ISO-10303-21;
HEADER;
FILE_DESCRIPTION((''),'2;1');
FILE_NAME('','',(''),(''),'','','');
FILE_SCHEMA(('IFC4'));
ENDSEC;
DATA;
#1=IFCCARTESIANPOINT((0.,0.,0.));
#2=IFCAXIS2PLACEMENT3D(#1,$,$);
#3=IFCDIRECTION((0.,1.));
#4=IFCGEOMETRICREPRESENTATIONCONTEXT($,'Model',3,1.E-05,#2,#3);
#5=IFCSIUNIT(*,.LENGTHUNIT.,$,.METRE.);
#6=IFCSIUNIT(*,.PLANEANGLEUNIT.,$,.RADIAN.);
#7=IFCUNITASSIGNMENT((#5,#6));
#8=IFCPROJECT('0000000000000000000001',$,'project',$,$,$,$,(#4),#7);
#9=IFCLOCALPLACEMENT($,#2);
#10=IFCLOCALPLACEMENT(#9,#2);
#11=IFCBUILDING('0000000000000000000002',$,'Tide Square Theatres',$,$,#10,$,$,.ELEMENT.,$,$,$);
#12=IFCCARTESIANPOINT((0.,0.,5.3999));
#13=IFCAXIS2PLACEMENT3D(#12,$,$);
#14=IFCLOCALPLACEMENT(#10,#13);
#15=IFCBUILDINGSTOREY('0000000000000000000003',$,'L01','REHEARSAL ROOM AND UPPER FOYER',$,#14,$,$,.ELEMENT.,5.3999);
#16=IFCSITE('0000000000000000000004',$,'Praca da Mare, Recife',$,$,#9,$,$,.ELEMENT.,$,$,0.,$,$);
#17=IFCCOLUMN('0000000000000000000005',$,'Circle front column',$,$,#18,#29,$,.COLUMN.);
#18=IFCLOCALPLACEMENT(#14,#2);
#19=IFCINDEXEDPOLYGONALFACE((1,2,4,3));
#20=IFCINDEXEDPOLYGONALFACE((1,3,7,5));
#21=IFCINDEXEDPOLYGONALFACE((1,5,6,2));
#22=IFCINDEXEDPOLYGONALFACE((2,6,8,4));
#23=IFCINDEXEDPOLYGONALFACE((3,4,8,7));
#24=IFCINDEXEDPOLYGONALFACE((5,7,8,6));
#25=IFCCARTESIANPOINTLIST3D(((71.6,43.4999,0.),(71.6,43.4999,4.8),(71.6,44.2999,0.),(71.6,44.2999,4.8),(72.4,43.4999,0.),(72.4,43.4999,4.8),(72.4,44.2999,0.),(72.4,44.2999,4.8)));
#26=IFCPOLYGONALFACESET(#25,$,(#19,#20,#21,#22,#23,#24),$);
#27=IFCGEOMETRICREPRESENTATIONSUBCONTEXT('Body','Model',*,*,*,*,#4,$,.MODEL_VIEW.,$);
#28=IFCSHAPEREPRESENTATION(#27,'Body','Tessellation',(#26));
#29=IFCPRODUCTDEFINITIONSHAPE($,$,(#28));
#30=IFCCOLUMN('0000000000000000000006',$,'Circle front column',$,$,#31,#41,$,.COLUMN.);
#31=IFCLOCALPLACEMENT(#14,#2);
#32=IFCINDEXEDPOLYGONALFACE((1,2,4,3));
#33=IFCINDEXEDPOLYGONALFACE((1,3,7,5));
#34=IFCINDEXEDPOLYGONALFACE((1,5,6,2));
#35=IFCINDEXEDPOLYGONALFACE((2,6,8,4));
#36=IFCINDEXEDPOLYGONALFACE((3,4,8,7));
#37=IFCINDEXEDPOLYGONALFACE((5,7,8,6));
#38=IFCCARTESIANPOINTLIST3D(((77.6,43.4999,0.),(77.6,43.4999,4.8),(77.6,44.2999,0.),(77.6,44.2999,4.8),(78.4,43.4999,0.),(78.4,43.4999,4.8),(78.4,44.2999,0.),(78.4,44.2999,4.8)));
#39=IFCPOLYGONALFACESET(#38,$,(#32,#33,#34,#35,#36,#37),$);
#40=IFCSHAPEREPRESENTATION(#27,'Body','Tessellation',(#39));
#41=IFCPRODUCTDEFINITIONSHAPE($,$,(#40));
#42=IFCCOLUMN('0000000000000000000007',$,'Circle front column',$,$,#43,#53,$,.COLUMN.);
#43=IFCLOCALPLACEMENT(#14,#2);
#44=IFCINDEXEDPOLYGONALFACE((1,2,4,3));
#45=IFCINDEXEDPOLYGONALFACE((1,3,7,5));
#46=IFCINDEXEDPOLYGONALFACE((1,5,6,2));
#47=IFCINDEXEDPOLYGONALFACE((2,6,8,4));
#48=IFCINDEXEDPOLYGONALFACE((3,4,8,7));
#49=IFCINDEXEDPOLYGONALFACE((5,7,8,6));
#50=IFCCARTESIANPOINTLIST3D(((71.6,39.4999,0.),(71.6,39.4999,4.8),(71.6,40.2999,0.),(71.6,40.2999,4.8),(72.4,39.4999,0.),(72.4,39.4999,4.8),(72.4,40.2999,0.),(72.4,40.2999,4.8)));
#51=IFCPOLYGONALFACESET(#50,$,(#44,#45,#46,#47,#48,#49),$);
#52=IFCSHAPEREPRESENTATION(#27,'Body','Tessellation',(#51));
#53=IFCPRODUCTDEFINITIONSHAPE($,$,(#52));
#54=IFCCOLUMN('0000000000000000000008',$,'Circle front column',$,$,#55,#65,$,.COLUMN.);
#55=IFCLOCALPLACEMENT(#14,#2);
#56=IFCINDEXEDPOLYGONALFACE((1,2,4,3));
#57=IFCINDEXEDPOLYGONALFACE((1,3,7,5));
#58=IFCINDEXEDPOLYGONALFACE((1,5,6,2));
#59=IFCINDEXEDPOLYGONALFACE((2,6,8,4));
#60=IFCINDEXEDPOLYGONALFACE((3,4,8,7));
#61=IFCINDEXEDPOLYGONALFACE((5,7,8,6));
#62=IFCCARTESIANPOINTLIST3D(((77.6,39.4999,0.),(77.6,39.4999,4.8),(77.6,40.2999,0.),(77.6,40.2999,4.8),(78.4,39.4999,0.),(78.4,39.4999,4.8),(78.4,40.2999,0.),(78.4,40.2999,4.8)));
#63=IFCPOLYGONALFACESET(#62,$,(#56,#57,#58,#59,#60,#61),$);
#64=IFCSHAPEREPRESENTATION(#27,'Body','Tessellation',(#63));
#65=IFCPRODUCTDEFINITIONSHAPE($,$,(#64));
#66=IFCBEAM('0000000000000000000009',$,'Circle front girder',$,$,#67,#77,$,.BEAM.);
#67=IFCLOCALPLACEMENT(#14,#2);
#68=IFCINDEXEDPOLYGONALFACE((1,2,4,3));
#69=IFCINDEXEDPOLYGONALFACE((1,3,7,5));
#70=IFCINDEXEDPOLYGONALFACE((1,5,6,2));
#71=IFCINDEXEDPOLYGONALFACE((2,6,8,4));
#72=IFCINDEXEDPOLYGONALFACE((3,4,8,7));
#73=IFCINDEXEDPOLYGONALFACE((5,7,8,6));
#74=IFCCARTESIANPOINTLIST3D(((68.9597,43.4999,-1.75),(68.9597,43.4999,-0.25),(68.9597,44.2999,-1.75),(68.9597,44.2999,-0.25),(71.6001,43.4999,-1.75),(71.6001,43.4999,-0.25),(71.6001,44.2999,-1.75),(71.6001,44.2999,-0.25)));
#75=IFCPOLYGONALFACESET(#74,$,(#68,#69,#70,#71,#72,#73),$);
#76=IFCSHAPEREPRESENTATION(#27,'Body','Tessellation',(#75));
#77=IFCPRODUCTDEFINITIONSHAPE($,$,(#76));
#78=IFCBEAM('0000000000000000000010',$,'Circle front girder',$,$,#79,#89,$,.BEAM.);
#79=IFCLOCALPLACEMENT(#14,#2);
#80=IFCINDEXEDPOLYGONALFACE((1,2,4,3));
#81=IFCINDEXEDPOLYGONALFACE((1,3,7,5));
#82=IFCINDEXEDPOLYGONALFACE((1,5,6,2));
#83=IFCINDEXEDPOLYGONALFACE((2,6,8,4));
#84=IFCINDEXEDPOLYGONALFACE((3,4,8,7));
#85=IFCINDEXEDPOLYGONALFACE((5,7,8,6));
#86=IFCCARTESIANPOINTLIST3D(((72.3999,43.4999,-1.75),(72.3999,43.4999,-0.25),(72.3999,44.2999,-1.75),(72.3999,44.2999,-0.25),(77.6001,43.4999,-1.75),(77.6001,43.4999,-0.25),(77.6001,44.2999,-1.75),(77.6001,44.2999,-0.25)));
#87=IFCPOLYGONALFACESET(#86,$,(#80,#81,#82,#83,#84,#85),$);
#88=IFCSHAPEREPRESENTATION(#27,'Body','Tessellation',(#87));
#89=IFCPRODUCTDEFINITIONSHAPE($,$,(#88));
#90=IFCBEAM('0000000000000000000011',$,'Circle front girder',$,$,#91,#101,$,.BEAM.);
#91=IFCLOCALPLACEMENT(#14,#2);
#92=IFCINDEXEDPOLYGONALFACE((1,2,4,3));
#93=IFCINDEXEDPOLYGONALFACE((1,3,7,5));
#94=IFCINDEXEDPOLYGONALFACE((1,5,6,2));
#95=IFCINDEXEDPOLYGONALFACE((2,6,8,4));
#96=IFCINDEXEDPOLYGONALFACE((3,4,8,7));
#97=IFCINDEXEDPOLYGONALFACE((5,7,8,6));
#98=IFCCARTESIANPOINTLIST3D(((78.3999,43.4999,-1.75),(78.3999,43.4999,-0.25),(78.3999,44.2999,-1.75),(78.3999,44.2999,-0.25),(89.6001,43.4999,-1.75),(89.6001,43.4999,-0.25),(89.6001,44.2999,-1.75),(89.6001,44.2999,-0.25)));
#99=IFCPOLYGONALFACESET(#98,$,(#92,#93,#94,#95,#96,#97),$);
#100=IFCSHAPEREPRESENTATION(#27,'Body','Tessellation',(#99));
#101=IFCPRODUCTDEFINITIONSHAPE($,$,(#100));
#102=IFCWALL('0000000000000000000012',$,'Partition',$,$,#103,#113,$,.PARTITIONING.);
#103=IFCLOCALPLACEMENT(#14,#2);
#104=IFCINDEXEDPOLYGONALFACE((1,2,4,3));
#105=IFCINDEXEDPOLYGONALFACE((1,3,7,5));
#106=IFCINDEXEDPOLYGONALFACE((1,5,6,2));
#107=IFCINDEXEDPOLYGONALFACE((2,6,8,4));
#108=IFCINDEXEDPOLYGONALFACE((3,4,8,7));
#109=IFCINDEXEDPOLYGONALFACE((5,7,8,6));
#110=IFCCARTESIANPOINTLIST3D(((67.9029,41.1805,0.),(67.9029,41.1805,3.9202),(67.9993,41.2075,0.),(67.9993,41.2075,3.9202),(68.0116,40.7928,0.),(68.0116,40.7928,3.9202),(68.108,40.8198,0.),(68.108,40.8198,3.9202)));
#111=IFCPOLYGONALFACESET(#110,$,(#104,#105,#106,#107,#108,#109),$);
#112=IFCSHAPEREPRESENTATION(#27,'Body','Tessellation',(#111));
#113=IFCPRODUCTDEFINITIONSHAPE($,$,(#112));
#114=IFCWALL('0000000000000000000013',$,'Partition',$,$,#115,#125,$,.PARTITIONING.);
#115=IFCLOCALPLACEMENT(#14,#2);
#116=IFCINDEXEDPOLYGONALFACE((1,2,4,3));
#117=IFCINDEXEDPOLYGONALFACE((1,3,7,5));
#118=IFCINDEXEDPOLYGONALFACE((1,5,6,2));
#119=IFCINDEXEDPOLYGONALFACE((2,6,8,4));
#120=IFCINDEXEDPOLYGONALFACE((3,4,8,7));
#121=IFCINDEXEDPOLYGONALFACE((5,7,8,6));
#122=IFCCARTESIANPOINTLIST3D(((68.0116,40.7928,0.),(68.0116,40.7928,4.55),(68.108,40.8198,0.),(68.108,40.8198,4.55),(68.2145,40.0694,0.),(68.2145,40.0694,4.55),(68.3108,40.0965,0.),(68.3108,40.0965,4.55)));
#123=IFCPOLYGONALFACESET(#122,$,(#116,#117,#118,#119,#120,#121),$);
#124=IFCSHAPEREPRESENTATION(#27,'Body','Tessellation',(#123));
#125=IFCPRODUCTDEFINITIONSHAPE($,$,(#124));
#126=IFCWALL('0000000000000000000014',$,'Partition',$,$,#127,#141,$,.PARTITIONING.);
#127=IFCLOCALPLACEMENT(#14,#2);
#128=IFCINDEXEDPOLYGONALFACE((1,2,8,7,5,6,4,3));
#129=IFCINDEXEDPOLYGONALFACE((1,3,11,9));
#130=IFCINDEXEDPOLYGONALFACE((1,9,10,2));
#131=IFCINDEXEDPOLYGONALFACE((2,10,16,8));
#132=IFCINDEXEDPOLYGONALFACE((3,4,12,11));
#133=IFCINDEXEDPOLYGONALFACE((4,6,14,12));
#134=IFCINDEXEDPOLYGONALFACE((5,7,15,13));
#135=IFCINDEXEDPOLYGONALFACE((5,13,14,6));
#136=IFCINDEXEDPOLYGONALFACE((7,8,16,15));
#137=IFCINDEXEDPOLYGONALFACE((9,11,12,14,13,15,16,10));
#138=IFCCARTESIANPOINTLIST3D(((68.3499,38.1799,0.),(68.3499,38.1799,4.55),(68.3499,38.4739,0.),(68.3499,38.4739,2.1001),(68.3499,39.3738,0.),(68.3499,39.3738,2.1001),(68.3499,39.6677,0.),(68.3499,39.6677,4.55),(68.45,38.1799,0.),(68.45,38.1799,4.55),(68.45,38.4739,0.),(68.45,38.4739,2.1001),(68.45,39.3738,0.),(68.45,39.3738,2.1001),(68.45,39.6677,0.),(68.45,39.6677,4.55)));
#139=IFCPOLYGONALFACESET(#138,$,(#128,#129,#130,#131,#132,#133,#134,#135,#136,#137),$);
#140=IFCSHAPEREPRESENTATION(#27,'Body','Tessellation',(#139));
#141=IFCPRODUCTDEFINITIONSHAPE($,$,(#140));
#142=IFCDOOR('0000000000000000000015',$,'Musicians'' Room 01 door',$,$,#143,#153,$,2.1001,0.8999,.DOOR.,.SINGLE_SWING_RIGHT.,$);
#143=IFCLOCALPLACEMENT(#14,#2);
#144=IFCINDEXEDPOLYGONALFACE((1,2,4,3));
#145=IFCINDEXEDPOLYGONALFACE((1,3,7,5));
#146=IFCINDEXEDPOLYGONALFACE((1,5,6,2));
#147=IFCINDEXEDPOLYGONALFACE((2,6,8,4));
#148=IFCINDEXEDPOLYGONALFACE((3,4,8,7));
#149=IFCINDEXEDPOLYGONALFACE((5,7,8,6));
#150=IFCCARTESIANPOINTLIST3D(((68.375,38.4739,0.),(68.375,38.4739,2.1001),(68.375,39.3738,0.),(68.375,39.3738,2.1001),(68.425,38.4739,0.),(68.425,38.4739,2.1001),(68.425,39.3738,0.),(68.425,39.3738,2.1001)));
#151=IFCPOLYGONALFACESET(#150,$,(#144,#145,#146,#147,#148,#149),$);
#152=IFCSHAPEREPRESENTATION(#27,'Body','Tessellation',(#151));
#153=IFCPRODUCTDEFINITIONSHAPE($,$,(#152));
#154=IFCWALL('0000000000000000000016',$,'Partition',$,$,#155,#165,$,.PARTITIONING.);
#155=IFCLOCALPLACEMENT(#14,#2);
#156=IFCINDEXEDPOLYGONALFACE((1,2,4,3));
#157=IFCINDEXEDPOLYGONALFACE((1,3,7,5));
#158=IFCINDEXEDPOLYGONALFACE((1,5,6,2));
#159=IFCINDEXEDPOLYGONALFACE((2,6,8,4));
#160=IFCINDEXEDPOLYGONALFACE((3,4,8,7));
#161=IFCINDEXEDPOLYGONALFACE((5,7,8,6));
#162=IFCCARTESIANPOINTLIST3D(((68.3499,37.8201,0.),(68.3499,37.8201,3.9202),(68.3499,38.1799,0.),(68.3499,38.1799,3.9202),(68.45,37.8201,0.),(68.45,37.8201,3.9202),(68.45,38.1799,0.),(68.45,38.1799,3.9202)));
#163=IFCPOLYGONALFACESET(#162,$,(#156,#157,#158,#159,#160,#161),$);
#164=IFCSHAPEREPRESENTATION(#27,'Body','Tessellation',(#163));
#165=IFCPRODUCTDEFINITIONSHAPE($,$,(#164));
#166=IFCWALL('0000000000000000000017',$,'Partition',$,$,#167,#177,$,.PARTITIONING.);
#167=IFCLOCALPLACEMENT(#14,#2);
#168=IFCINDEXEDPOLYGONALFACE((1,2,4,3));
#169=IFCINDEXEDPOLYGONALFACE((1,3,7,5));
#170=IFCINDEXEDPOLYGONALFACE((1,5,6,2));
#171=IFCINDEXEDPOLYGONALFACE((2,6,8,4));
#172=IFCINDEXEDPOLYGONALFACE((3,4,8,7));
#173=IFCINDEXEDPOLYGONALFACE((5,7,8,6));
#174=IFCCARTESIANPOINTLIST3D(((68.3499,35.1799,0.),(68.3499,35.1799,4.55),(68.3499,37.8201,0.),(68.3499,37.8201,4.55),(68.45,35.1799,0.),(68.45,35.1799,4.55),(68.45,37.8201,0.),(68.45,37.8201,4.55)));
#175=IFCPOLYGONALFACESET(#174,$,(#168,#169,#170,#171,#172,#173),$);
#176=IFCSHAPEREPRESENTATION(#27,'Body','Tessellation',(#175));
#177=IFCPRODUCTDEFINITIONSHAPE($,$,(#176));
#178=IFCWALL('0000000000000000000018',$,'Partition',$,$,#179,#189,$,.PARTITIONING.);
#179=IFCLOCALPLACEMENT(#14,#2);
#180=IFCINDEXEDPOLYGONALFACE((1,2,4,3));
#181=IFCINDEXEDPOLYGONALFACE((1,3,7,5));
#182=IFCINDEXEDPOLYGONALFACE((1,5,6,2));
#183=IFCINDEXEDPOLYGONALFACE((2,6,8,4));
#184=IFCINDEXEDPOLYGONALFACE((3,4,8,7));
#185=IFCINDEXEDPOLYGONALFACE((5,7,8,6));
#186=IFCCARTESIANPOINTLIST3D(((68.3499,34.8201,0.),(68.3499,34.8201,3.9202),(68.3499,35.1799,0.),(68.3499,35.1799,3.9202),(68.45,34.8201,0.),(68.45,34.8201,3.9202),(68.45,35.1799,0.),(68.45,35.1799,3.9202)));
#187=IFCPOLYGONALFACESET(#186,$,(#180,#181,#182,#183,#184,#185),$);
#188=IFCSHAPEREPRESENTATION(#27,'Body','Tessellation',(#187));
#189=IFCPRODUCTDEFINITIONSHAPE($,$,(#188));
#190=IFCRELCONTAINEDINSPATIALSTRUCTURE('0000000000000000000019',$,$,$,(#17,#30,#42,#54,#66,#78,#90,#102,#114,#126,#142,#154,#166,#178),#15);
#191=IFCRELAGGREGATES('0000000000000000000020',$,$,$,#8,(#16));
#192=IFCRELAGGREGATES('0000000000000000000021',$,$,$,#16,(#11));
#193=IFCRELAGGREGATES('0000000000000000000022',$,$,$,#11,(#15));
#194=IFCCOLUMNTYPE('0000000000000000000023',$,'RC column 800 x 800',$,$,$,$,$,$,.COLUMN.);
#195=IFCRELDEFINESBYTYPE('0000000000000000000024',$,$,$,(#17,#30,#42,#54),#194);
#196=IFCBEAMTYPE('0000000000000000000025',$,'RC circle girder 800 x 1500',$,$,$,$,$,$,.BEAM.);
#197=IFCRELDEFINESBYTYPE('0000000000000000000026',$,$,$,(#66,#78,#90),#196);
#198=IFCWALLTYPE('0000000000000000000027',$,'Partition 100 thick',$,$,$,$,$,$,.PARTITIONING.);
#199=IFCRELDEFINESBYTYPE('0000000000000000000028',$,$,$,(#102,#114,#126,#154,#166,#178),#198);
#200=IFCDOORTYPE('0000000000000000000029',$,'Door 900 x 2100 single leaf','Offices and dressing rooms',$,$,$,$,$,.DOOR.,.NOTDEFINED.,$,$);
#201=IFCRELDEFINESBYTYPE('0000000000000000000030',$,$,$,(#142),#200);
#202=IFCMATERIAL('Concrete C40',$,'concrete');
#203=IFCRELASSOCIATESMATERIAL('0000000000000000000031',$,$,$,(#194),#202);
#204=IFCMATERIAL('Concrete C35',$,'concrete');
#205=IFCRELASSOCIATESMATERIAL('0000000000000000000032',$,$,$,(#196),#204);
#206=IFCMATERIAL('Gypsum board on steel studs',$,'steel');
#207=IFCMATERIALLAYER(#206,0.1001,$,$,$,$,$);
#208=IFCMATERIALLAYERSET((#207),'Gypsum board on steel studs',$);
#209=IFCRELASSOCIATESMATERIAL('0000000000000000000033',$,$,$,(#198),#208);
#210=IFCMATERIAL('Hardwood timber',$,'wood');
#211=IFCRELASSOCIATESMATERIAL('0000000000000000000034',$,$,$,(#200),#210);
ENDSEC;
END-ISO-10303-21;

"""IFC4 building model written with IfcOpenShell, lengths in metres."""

from ifc_helpers import new_model, si_unit, direction, frame, frame_2d, origin, origin_2d, place, context, subcontext, project, spatial, rectangle, extrude, material, layer, layer_set, material_profile, profile_set, type_object, element, fill, save


model = new_model("IFC4")

# Units and contexts
model_context = context("Model", 3, precision=1e-05, world=origin(), true_north=direction((0.0, 1.0)))
body_context = subcontext(model_context, "Body", "Model", "MODEL_VIEW")
ifc_project = project(units=[si_unit("LENGTHUNIT", "METRE"), si_unit("PLANEANGLEUNIT", "RADIAN")], contexts=[model_context])

# Site, building, storey
site_placement = place(None, origin())
site = spatial("IfcSite", under=ifc_project, at=site_placement, Name="Praca da Mare, Recife", CompositionType="ELEMENT", RefElevation=0.0)
building_placement = place(site_placement, origin())
building = spatial("IfcBuilding", under=site, at=building_placement, Name="Tide Square Theatres", CompositionType="ELEMENT")
storey_placement = place(building_placement, frame((0.0, 0.0, 5.3999)))
storey = spatial("IfcBuildingStorey", under=building, at=storey_placement, Name="L01", Description="REHEARSAL ROOM AND UPPER FOYER", CompositionType="ELEMENT", Elevation=5.3999)

# Columns
ifc_material_1 = material(Name="Concrete C40", Category="concrete")
ifc_material_profile_1 = material_profile(ifc_material_1, rectangle(XDim=0.8, YDim=0.8, at=origin_2d()))
ifc_profile_set_1 = profile_set([ifc_material_profile_1], Name="Concrete C40")
column_type = type_object("IfcColumnType", Name="RC column 800 x 800", PredefinedType="COLUMN", material=ifc_profile_set_1)
for number, where, z_axis, x_axis, name in (
    (1, (72.0, 43.8999, 0.0), (0.0, 0.0, 1.0), (1.0, 0.0, 0.0), "Circle front column"),
    (2, (78.0, 43.8999, 0.0), (0.0, 0.0, 1.0), (1.0, 0.0, 0.0), "Circle front column"),
    (3, (72.0, 39.8999, 0.0), (0.0, 0.0, 1.0), (1.0, 0.0, 0.0), "Circle front column"),
    (4, (78.0, 39.8999, 0.0), (0.0, 0.0, 1.0), (1.0, 0.0, 0.0), "Circle front column"),
):
    element("IfcColumn", number, at=place(storey_placement, frame(where, z_axis=z_axis, x_axis=x_axis)), inside=storey, type_object=column_type, Name=name, PredefinedType="COLUMN", context=body_context, shape_type="SweptSolid", body=[
        extrude(rectangle(XDim=0.8, YDim=0.8, at=origin_2d()), origin(), (0.0, 0.0, 1.0), 4.8),
    ])

# Beams
ifc_material_2 = material(Name="Concrete C35", Category="concrete")
ifc_material_profile_2 = material_profile(ifc_material_2, rectangle(XDim=0.8, YDim=1.5, at=origin_2d()))
ifc_profile_set_2 = profile_set([ifc_material_profile_2], Name="Concrete C35")
beam_type = type_object("IfcBeamType", Name="RC circle girder 800 x 1500", PredefinedType="BEAM", material=ifc_profile_set_2)
beam_1_placement = place(storey_placement, frame((68.9597, 43.8999, -1.0), z_axis=(1.0, 0.0, 0.0), x_axis=(0.0, 1.0, 0.0)))
element("IfcBeam", 5, at=beam_1_placement, inside=storey, type_object=beam_type, Name="Circle front girder", PredefinedType="BEAM", context=body_context, shape_type="SweptSolid", body=[
    extrude(rectangle(XDim=0.8, YDim=1.5, at=origin_2d()), origin(), (0.0, 0.0, 1.0), 2.6404),
])
beam_2_placement = place(storey_placement, frame((72.3999, 43.8999, -1.0), z_axis=(1.0, 0.0, 0.0), x_axis=(0.0, 1.0, 0.0)))
element("IfcBeam", 6, at=beam_2_placement, inside=storey, type_object=beam_type, Name="Circle front girder", PredefinedType="BEAM", context=body_context, shape_type="SweptSolid", body=[
    extrude(rectangle(XDim=0.8, YDim=1.5, at=origin_2d()), origin(), (0.0, 0.0, 1.0), 5.2002),
])
beam_3_placement = place(storey_placement, frame((78.3999, 43.8999, -1.0), z_axis=(1.0, 0.0, 0.0), x_axis=(0.0, 1.0, 0.0)))
element("IfcBeam", 7, at=beam_3_placement, inside=storey, type_object=beam_type, Name="Circle front girder", PredefinedType="BEAM", context=body_context, shape_type="SweptSolid", body=[
    extrude(rectangle(XDim=0.8, YDim=1.5, at=origin_2d()), origin(), (0.0, 0.0, 1.0), 11.2002),
])

# Walls
ifc_material_3 = material(Name="Gypsum board on steel studs", Category="steel")
ifc_layer_1 = layer(ifc_material_3, 0.1001)
ifc_layer_set_1 = layer_set([ifc_layer_1], Name="Gypsum board on steel studs")
wall_type_1 = type_object("IfcWallType", Name="Partition 100 thick", PredefinedType="PARTITIONING", material=ifc_layer_set_1)
wall_1_placement = place(storey_placement, frame((67.9512, 41.1938, 0.0), z_axis=(0.0, 0.0, 1.0), x_axis=(0.269832, -0.962907, 0.0)))
element("IfcWall", 8, at=wall_1_placement, inside=storey, type_object=wall_type_1, Name="Partition", PredefinedType="PARTITIONING", context=body_context, shape_type="SweptSolid", body=[
    extrude(rectangle(XDim=0.4026, YDim=0.1001, at=frame_2d((0.2012, 0.0))), origin(), (0.0, 0.0, 1.0), 3.9202),
])
wall_2_placement = place(storey_placement, frame((68.0598, 40.8062, 0.0), z_axis=(0.0, 0.0, 1.0), x_axis=(0.27004, -0.962849, 0.0)))
element("IfcWall", 9, at=wall_2_placement, inside=storey, type_object=wall_type_1, Name="Partition", PredefinedType="PARTITIONING", context=body_context, shape_type="SweptSolid", body=[
    extrude(rectangle(XDim=0.7512, YDim=0.1001, at=frame_2d((0.3755, 0.0))), origin(), (0.0, 0.0, 1.0), 4.55),
])

# Wall, opening, door
wall_3_placement = place(storey_placement, frame((68.3999, 39.6677, 0.0), z_axis=(0.0, 0.0, 1.0), x_axis=(0.0, -1.0, 0.0)))
wall_3 = element("IfcWall", 10, at=wall_3_placement, inside=storey, type_object=wall_type_1, Name="Partition", PredefinedType="PARTITIONING", context=body_context, shape_type="SweptSolid", body=[
    extrude(rectangle(XDim=1.4878, YDim=0.1001, at=frame_2d((0.7439, 0.0))), origin(), (0.0, 0.0, 1.0), 4.55),
])
opening_1_placement = place(wall_3_placement, frame((0.2939, 0.0, 0.0)))
opening_1 = element("IfcOpeningElement", 11, at=opening_1_placement, cuts=wall_3, PredefinedType="OPENING", context=body_context, shape_type="SweptSolid", body=[
    extrude(rectangle(XDim=0.8999, YDim=2.1001, at=frame_2d((0.45, 1.05))), frame((0.0, 0.0601, 0.0), z_axis=(0.0, -1.0, 0.0), x_axis=(1.0, 0.0, 0.0)), (0.0, 0.0, 1.0), 0.1201),
])
ifc_material_4 = material(Name="Hardwood timber", Category="wood")
door_type_1 = type_object("IfcDoorType", Name="Door 900 x 2100 single leaf", Description="Offices and dressing rooms", OperationType="NOTDEFINED", PredefinedType="DOOR", material=ifc_material_4)
door_1_placement = place(opening_1_placement, frame((0.8999, 0.0, 0.0), z_axis=(0.0, 0.0, 1.0), x_axis=(-1.0, 0.0, 0.0)))
door_1 = element("IfcDoor", 12, at=door_1_placement, inside=storey, type_object=door_type_1, Name="Musicians' Room 01 door", OperationType="SINGLE_SWING_RIGHT", OverallHeight=2.1001, OverallWidth=0.8999, PredefinedType="DOOR", context=body_context, shape_type="SweptSolid", body=[
    extrude(rectangle(XDim=0.8999, YDim=2.1001, at=frame_2d((0.45, 1.05))), frame((0.0, 0.0249, 0.0), z_axis=(0.0, -1.0, 0.0), x_axis=(1.0, 0.0, 0.0)), (0.0, 0.0, 1.0), 0.05),
])
fill(opening_1, door_1)

# Walls
wall_4_placement = place(storey_placement, frame((68.3999, 38.1799, 0.0), z_axis=(0.0, 0.0, 1.0), x_axis=(0.0, -1.0, 0.0)))
element("IfcWall", 13, at=wall_4_placement, inside=storey, type_object=wall_type_1, Name="Partition", PredefinedType="PARTITIONING", context=body_context, shape_type="SweptSolid", body=[
    extrude(rectangle(XDim=0.3599, YDim=0.1001, at=frame_2d((0.1799, 0.0))), origin(), (0.0, 0.0, 1.0), 3.9202),
])
wall_5_placement = place(storey_placement, frame((68.3999, 37.8201, 0.0), z_axis=(0.0, 0.0, 1.0), x_axis=(0.0, -1.0, 0.0)))
element("IfcWall", 14, at=wall_5_placement, inside=storey, type_object=wall_type_1, Name="Partition", PredefinedType="PARTITIONING", context=body_context, shape_type="SweptSolid", body=[
    extrude(rectangle(XDim=2.6401, YDim=0.1001, at=frame_2d((1.3201, 0.0))), origin(), (0.0, 0.0, 1.0), 4.55),
])
wall_6_placement = place(storey_placement, frame((68.3999, 35.1799, 0.0), z_axis=(0.0, 0.0, 1.0), x_axis=(0.0, -1.0, 0.0)))
element("IfcWall", 15, at=wall_6_placement, inside=storey, type_object=wall_type_1, Name="Partition", PredefinedType="PARTITIONING", context=body_context, shape_type="SweptSolid", body=[
    extrude(rectangle(XDim=0.3599, YDim=0.1001, at=frame_2d((0.1799, 0.0))), origin(), (0.0, 0.0, 1.0), 3.9202),
])

save(model, "model.ifc")
